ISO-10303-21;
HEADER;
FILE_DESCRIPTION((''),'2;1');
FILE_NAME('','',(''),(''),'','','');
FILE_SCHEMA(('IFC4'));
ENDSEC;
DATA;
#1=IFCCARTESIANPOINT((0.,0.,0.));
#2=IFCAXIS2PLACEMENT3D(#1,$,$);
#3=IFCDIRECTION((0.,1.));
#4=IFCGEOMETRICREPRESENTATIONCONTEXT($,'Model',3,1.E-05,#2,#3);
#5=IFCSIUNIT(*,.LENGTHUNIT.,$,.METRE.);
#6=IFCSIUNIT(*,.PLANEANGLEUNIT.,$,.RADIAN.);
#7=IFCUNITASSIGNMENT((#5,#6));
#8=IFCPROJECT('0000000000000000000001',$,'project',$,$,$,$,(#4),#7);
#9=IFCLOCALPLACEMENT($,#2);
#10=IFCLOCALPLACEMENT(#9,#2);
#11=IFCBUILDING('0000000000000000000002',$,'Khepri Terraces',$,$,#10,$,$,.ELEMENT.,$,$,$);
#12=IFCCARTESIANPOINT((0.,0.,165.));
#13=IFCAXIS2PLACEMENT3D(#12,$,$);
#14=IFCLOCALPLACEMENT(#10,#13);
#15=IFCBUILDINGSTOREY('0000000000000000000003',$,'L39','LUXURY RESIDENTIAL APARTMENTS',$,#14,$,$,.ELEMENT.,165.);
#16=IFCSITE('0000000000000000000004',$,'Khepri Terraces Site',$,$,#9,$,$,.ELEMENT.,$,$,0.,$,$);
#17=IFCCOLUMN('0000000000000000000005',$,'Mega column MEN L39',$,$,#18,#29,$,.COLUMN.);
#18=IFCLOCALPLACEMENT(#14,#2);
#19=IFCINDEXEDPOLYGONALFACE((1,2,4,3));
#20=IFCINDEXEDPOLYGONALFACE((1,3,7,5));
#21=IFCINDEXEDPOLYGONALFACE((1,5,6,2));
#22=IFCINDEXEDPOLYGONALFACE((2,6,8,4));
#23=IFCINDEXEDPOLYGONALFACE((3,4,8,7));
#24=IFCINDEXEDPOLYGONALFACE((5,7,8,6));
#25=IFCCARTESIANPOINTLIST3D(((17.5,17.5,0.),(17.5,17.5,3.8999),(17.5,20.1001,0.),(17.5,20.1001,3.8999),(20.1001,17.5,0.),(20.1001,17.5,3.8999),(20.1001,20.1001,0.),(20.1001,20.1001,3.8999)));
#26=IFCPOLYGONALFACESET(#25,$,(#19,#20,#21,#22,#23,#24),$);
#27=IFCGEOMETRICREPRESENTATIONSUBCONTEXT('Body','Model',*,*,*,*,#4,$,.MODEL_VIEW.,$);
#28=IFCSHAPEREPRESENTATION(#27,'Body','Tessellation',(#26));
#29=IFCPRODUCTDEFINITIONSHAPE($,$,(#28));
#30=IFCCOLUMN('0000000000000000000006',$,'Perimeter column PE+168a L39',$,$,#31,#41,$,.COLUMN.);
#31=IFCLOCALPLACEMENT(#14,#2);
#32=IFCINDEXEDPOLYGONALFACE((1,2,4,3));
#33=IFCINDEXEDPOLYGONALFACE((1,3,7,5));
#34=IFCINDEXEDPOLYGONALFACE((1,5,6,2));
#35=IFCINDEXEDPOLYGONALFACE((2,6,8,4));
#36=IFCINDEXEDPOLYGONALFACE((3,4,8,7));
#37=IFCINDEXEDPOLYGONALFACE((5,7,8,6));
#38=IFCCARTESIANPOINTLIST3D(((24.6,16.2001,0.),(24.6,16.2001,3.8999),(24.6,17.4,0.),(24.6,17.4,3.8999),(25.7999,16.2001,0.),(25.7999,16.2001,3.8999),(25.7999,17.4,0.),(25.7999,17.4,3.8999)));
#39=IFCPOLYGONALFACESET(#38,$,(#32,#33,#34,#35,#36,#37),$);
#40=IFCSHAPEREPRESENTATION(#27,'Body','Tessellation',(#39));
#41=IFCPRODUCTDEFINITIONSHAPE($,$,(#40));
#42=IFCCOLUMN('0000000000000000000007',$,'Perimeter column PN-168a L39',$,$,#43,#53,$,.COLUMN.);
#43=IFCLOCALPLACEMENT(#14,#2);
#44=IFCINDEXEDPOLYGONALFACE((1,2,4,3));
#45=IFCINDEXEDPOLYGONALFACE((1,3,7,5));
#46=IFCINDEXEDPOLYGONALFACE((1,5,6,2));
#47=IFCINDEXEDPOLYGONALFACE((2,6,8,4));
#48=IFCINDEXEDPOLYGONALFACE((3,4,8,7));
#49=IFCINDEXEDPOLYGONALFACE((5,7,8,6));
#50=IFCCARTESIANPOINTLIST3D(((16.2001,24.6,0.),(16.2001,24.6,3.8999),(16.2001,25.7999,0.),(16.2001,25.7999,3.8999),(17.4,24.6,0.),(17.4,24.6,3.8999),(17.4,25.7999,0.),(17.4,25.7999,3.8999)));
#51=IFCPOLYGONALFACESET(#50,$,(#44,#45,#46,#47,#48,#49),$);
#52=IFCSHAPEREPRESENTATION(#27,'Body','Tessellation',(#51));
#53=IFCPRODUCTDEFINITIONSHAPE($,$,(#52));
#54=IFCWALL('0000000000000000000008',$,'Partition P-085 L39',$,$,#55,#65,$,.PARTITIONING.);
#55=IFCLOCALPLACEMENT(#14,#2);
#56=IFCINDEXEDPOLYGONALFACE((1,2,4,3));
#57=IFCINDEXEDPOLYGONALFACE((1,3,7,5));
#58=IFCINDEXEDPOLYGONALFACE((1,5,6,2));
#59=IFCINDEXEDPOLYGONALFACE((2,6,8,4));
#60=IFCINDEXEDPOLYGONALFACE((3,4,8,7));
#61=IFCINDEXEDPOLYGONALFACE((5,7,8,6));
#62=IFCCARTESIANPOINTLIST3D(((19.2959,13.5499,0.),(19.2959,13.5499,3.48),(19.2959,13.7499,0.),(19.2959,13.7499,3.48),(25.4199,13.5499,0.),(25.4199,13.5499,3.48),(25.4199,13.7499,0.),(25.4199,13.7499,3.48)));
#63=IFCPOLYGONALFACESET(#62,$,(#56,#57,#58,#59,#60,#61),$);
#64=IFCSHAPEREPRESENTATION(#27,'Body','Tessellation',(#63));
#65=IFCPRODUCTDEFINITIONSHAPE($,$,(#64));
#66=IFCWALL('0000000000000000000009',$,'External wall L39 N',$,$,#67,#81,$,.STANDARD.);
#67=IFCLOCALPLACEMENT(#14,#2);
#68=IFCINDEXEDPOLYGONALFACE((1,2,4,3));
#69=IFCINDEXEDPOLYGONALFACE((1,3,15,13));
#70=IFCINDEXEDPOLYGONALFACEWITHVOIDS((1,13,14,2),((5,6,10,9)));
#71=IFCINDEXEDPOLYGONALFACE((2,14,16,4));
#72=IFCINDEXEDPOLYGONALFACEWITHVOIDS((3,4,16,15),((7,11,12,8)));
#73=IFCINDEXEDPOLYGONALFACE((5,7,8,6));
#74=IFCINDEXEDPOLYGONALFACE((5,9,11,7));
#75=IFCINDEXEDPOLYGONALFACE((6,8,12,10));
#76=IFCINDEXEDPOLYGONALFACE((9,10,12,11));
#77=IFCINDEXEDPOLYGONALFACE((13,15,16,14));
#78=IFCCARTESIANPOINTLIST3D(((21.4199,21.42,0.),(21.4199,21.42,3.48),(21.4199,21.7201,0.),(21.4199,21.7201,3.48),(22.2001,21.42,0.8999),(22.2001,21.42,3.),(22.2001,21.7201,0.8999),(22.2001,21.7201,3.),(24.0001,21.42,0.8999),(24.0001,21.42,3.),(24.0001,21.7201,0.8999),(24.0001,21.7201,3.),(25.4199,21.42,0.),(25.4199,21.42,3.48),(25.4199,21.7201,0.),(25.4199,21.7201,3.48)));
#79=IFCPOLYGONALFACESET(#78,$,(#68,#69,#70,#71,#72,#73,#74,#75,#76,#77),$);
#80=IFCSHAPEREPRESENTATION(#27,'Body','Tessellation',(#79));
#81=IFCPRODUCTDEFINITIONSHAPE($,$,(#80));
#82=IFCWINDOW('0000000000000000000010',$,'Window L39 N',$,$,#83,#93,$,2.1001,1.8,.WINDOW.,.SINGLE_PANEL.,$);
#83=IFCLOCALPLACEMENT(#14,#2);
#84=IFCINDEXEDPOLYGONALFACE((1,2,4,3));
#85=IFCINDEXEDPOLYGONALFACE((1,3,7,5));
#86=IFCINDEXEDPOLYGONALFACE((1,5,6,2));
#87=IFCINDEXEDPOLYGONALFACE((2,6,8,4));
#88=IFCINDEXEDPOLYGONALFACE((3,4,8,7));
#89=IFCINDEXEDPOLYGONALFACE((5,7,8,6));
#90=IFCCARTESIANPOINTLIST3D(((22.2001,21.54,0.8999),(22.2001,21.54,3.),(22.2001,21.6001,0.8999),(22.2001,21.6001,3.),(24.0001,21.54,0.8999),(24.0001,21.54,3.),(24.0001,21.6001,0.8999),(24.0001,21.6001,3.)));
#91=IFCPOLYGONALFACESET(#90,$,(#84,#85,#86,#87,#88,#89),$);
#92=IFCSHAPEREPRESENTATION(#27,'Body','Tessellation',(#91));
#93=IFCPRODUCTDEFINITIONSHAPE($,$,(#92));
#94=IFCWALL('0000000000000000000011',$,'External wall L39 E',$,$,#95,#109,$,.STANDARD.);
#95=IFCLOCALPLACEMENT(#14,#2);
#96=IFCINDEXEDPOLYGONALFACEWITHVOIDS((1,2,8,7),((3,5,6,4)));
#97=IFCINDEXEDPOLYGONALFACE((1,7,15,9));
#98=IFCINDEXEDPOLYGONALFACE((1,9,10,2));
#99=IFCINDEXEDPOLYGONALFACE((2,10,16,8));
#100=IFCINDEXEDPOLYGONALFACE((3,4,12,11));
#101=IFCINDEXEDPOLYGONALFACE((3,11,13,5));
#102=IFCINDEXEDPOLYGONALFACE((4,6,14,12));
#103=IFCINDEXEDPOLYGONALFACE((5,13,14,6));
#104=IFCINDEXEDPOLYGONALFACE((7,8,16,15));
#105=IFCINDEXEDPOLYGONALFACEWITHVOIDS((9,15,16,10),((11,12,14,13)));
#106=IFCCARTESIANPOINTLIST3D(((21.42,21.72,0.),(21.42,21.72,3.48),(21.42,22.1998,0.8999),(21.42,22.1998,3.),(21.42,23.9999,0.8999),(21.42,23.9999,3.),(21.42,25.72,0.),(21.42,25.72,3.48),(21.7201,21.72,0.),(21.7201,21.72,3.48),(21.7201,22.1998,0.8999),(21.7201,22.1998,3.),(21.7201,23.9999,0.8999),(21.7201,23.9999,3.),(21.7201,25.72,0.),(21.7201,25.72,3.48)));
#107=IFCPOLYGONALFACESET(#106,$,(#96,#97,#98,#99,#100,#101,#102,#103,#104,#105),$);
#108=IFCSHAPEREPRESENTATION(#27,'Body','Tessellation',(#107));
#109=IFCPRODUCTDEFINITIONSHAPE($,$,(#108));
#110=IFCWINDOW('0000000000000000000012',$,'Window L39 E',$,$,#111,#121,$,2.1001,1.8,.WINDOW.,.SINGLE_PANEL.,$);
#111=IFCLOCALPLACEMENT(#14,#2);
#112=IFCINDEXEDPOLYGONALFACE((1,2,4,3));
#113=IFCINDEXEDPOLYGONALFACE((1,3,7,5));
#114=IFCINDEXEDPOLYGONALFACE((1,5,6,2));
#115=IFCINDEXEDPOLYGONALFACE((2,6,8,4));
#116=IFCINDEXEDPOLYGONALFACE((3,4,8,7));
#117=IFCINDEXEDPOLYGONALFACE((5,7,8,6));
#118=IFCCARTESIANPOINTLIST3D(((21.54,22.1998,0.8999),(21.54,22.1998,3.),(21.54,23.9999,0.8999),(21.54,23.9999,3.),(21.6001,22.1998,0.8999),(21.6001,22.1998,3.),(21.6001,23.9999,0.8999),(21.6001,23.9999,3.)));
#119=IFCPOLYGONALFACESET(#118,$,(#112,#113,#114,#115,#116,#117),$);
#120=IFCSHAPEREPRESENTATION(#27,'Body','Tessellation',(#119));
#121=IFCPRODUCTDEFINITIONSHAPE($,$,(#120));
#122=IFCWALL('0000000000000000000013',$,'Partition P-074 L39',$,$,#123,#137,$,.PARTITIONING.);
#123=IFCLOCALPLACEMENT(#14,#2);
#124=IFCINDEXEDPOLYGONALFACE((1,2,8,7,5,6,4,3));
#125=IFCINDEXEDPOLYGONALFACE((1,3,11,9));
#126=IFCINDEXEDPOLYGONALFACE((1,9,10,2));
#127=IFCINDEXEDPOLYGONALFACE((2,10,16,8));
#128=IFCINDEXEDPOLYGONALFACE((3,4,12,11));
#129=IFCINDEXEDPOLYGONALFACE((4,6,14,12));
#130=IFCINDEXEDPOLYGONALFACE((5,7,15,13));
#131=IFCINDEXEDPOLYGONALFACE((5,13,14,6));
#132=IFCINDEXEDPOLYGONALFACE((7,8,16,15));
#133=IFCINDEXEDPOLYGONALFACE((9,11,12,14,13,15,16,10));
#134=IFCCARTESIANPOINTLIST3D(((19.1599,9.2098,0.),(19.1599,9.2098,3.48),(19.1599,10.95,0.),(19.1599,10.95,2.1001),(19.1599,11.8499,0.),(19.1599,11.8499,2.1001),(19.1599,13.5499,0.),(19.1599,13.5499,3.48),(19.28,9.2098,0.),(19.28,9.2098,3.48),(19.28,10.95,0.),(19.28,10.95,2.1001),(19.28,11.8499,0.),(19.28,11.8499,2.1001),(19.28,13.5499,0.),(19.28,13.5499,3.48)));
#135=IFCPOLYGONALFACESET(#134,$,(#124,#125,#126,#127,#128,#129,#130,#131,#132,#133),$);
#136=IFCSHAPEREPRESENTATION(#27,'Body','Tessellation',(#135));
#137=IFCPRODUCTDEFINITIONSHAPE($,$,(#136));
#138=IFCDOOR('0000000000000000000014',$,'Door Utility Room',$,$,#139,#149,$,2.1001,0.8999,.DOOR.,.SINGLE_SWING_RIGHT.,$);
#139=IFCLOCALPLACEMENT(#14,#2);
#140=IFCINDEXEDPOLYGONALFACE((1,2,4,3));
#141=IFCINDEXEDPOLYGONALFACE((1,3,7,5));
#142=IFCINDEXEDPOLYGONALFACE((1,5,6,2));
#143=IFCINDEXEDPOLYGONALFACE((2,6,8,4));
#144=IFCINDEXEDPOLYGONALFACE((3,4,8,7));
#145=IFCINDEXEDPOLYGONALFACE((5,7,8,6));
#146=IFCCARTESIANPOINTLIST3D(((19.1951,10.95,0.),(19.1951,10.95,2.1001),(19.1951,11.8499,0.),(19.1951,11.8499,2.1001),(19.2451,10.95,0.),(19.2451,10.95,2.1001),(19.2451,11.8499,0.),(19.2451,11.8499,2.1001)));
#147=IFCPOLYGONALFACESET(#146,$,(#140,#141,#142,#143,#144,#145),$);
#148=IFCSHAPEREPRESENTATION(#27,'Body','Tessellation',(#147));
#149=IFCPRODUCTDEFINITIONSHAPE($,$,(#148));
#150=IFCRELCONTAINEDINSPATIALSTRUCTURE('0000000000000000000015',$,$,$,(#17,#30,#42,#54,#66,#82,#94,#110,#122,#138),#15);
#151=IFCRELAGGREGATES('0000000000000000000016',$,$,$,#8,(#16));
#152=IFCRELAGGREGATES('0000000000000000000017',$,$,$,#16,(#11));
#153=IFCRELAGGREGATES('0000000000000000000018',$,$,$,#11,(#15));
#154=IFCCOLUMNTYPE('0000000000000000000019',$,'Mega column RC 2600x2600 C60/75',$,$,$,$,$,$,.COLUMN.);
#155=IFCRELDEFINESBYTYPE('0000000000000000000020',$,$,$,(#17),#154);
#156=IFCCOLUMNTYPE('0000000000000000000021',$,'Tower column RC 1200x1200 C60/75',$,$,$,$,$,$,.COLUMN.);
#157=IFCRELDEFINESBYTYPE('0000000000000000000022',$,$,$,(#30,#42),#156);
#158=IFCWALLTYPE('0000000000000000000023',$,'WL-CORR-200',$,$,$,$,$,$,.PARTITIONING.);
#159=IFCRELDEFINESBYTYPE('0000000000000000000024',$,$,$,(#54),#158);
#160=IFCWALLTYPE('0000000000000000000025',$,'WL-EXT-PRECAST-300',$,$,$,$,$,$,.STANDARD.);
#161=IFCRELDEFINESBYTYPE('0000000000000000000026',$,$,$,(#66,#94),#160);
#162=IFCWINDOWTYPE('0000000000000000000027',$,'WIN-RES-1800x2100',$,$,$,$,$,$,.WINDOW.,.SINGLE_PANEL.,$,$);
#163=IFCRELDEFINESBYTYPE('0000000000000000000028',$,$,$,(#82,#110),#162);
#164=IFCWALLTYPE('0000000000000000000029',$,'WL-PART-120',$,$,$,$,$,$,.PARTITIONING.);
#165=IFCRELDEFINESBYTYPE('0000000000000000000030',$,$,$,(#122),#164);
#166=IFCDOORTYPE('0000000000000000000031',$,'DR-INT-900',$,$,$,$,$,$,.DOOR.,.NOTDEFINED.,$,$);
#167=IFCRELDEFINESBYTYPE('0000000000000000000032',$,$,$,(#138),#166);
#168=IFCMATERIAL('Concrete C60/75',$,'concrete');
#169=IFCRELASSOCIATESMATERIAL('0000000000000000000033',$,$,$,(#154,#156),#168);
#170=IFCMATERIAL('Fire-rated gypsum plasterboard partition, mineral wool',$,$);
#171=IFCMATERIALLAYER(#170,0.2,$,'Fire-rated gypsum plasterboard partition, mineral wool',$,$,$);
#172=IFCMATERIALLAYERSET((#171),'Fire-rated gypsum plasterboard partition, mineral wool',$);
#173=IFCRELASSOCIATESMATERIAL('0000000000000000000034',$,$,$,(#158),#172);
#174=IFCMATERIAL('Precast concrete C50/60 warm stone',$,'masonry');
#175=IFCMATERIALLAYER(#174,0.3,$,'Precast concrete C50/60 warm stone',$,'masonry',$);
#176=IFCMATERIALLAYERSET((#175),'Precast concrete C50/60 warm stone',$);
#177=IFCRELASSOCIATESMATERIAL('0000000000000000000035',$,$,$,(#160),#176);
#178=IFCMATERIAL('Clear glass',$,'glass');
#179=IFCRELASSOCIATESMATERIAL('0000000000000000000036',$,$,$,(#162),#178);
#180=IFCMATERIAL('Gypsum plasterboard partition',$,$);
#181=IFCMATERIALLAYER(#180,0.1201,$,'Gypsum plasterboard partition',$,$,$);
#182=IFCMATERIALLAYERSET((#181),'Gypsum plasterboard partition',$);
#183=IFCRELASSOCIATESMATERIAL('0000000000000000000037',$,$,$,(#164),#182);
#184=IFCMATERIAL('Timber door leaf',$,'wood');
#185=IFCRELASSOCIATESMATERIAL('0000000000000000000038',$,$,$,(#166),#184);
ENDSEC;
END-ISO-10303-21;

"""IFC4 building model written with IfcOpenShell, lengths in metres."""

from ifc_helpers import new_model, si_unit, direction, frame, frame_2d, origin, origin_2d, place, context, subcontext, project, spatial, rectangle, extrude, material, layer, layer_set, material_profile, profile_set, type_object, element, fill, save


model = new_model("IFC4")

# Units and contexts
model_context = context("Model", 3, precision=1e-05, world=origin(), true_north=direction((0.0, 1.0)))
body_context = subcontext(model_context, "Body", "Model", "MODEL_VIEW")
ifc_project = project(units=[si_unit("LENGTHUNIT", "METRE"), si_unit("PLANEANGLEUNIT", "RADIAN")], contexts=[model_context])

# Site, building, storey
site_placement = place(None, origin())
site = spatial("IfcSite", under=ifc_project, at=site_placement, Name="Khepri Terraces Site", CompositionType="ELEMENT", RefElevation=0.0)
building_placement = place(site_placement, origin())
building = spatial("IfcBuilding", under=site, at=building_placement, Name="Khepri Terraces", CompositionType="ELEMENT")
storey_placement = place(building_placement, frame((0.0, 0.0, 165.0)))
storey = spatial("IfcBuildingStorey", under=building, at=storey_placement, Name="L39", Description="LUXURY RESIDENTIAL APARTMENTS", CompositionType="ELEMENT", Elevation=165.0)

# Columns
ifc_material_1 = material(Name="Concrete C60/75", Category="concrete")
ifc_material_profile_1 = material_profile(ifc_material_1, rectangle(XDim=2.6001, YDim=2.6001, at=origin_2d()), Name="Concrete C60/75", Category="concrete")
ifc_profile_set_1 = profile_set([ifc_material_profile_1], Name="Concrete C60/75")
column_type_1 = type_object("IfcColumnType", Name="Mega column RC 2600x2600 C60/75", PredefinedType="COLUMN", material=ifc_profile_set_1)
column_placement = place(storey_placement, frame((18.8, 18.8, 0.0), z_axis=(0.0, 0.0, 1.0), x_axis=(1.0, 0.0, 0.0)))
element("IfcColumn", 1, at=column_placement, inside=storey, type_object=column_type_1, Name="Mega column MEN L39", PredefinedType="COLUMN", context=body_context, shape_type="SweptSolid", body=[
    extrude(rectangle(XDim=2.6001, YDim=2.6001, at=origin_2d()), origin(), (0.0, 0.0, 1.0), 3.8999),
])
ifc_material_profile_2 = material_profile(ifc_material_1, rectangle(XDim=1.2, YDim=1.2, at=origin_2d()), Name="Concrete C60/75", Category="concrete")
ifc_profile_set_2 = profile_set([ifc_material_profile_2], Name="Concrete C60/75")
column_type_2 = type_object("IfcColumnType", Name="Tower column RC 1200x1200 C60/75", PredefinedType="COLUMN", material=ifc_profile_set_2)
for number, where, z_axis, x_axis, name in (
    (2, (25.2, 16.8, 0.0), (0.0, 0.0, 1.0), (1.0, 0.0, 0.0), "Perimeter column PE+168a L39"),
    (3, (16.8, 25.2, 0.0), (0.0, 0.0, 1.0), (1.0, 0.0, 0.0), "Perimeter column PN-168a L39"),
):
    element("IfcColumn", number, at=place(storey_placement, frame(where, z_axis=z_axis, x_axis=x_axis)), inside=storey, type_object=column_type_2, Name=name, PredefinedType="COLUMN", context=body_context, shape_type="SweptSolid", body=[
        extrude(rectangle(XDim=1.2, YDim=1.2, at=origin_2d()), origin(), (0.0, 0.0, 1.0), 3.8999),
    ])

# Wall
ifc_material_2 = material(Name="Fire-rated gypsum plasterboard partition, mineral wool")
ifc_layer_1 = layer(ifc_material_2, 0.2, Name="Fire-rated gypsum plasterboard partition, mineral wool")
ifc_layer_set_1 = layer_set([ifc_layer_1], Name="Fire-rated gypsum plasterboard partition, mineral wool")
wall_type_1 = type_object("IfcWallType", Name="WL-CORR-200", PredefinedType="PARTITIONING", material=ifc_layer_set_1)
wall_1_placement = place(storey_placement, frame((19.2959, 13.6499, 0.0), z_axis=(0.0, 0.0, 1.0), x_axis=(1.0, 0.0, 0.0)))
element("IfcWall", 4, at=wall_1_placement, inside=storey, type_object=wall_type_1, Name="Partition P-085 L39", PredefinedType="PARTITIONING", context=body_context, shape_type="SweptSolid", body=[
    extrude(rectangle(XDim=6.124, YDim=0.2, at=frame_2d((3.062, 0.0))), origin(), (0.0, 0.0, 1.0), 3.48),
])

# Shared definitions
ifc_material_3 = material(Name="Precast concrete C50/60 warm stone", Category="masonry")
ifc_layer_2 = layer(ifc_material_3, 0.3, Name="Precast concrete C50/60 warm stone", Category="masonry")
ifc_layer_set_2 = layer_set([ifc_layer_2], Name="Precast concrete C50/60 warm stone")
wall_type_2 = type_object("IfcWallType", Name="WL-EXT-PRECAST-300", PredefinedType="STANDARD", material=ifc_layer_set_2)
ifc_material_4 = material(Name="Clear glass", Category="glass")
window_type = type_object("IfcWindowType", Name="WIN-RES-1800x2100", PartitioningType="SINGLE_PANEL", PredefinedType="WINDOW", material=ifc_material_4)

# Walls, openings, windows
wall_2_placement = place(storey_placement, frame((25.4199, 21.5701, 0.0), z_axis=(0.0, 0.0, 1.0), x_axis=(-1.0, 0.0, 0.0)))
wall_2 = element("IfcWall", 5, at=wall_2_placement, inside=storey, type_object=wall_type_2, Name="External wall L39 N", PredefinedType="STANDARD", context=body_context, shape_type="SweptSolid", body=[
    extrude(rectangle(XDim=4.0, YDim=0.3, at=frame_2d((2.0, 0.0))), origin(), (0.0, 0.0, 1.0), 3.48),
])
opening_1_placement = place(wall_2_placement, frame((1.4199, 0.0, 0.8999)))
opening_1 = element("IfcOpeningElement", 6, at=opening_1_placement, cuts=wall_2, PredefinedType="OPENING", context=body_context, shape_type="SweptSolid", body=[
    extrude(rectangle(XDim=1.8, YDim=2.1001, at=frame_2d((0.8999, 1.05))), frame((0.0, 0.1602, 0.0), z_axis=(0.0, -1.0, 0.0), x_axis=(1.0, 0.0, 0.0)), (0.0, 0.0, 1.0), 0.3201),
])
window_1_placement = place(opening_1_placement, origin())
window_1 = element("IfcWindow", 7, at=window_1_placement, inside=storey, type_object=window_type, Name="Window L39 N", OverallHeight=2.1001, OverallWidth=1.8, PartitioningType="SINGLE_PANEL", PredefinedType="WINDOW", context=body_context, shape_type="SweptSolid", body=[
    extrude(rectangle(XDim=1.8, YDim=2.1001, at=frame_2d((0.8999, 1.05))), frame((0.0, 0.03, 0.0), z_axis=(0.0, -1.0, 0.0), x_axis=(1.0, 0.0, 0.0)), (0.0, 0.0, 1.0), 0.0601),
])
fill(opening_1, window_1)
wall_3_placement = place(storey_placement, frame((21.5701, 21.72, 0.0), z_axis=(0.0, 0.0, 1.0), x_axis=(0.0, 1.0, 0.0)))
wall_3 = element("IfcWall", 8, at=wall_3_placement, inside=storey, type_object=wall_type_2, Name="External wall L39 E", PredefinedType="STANDARD", context=body_context, shape_type="SweptSolid", body=[
    extrude(rectangle(XDim=4.0, YDim=0.3, at=frame_2d((2.0, 0.0))), origin(), (0.0, 0.0, 1.0), 3.48),
])
opening_2_placement = place(wall_3_placement, frame((0.48, 0.0, 0.8999)))
opening_2 = element("IfcOpeningElement", 9, at=opening_2_placement, cuts=wall_3, PredefinedType="OPENING", context=body_context, shape_type="SweptSolid", body=[
    extrude(rectangle(XDim=1.8, YDim=2.1001, at=frame_2d((0.8999, 1.05))), frame((0.0, 0.1602, 0.0), z_axis=(0.0, -1.0, 0.0), x_axis=(1.0, 0.0, 0.0)), (0.0, 0.0, 1.0), 0.3201),
])
window_2_placement = place(opening_2_placement, origin())
window_2 = element("IfcWindow", 10, at=window_2_placement, inside=storey, type_object=window_type, Name="Window L39 E", OverallHeight=2.1001, OverallWidth=1.8, PartitioningType="SINGLE_PANEL", PredefinedType="WINDOW", context=body_context, shape_type="SweptSolid", body=[
    extrude(rectangle(XDim=1.8, YDim=2.1001, at=frame_2d((0.8999, 1.05))), frame((0.0, 0.03, 0.0), z_axis=(0.0, -1.0, 0.0), x_axis=(1.0, 0.0, 0.0)), (0.0, 0.0, 1.0), 0.0601),
])
fill(opening_2, window_2)

# Wall, opening, door
ifc_material_5 = material(Name="Gypsum plasterboard partition")
ifc_layer_3 = layer(ifc_material_5, 0.1201, Name="Gypsum plasterboard partition")
ifc_layer_set_3 = layer_set([ifc_layer_3], Name="Gypsum plasterboard partition")
wall_type_3 = type_object("IfcWallType", Name="WL-PART-120", PredefinedType="PARTITIONING", material=ifc_layer_set_3)
wall_4_placement = place(storey_placement, frame((19.22, 9.21, 0.0), z_axis=(0.0, 0.0, 1.0), x_axis=(0.0, 1.0, 0.0)))
wall_4 = element("IfcWall", 11, at=wall_4_placement, inside=storey, type_object=wall_type_3, Name="Partition P-074 L39", PredefinedType="PARTITIONING", context=body_context, shape_type="SweptSolid", body=[
    extrude(rectangle(XDim=4.3401, YDim=0.1201, at=frame_2d((2.1699, 0.0))), origin(), (0.0, 0.0, 1.0), 3.48),
])
opening_3_placement = place(wall_4_placement, frame((1.74, 0.0, 0.0)))
opening_3 = element("IfcOpeningElement", 12, at=opening_3_placement, cuts=wall_4, PredefinedType="OPENING", context=body_context, shape_type="SweptSolid", body=[
    extrude(rectangle(XDim=0.8999, YDim=2.1001, at=frame_2d((0.45, 1.05))), frame((0.0, 0.0701, 0.0), z_axis=(0.0, -1.0, 0.0), x_axis=(1.0, 0.0, 0.0)), (0.0, 0.0, 1.0), 0.1401),
])
ifc_material_6 = material(Name="Timber door leaf", Category="wood")
door_type_1 = type_object("IfcDoorType", Name="DR-INT-900", OperationType="NOTDEFINED", PredefinedType="DOOR", material=ifc_material_6)
door_1_placement = place(opening_3_placement, origin())
door_1 = element("IfcDoor", 13, at=door_1_placement, inside=storey, type_object=door_type_1, Name="Door Utility Room", OperationType="SINGLE_SWING_RIGHT", OverallHeight=2.1001, OverallWidth=0.8999, PredefinedType="DOOR", context=body_context, shape_type="SweptSolid", body=[
    extrude(rectangle(XDim=0.8999, YDim=2.1001, at=frame_2d((0.45, 1.05))), frame((0.0, 0.0249, 0.0), z_axis=(0.0, -1.0, 0.0), x_axis=(1.0, 0.0, 0.0)), (0.0, 0.0, 1.0), 0.05),
])
fill(opening_3, door_1)

save(model, "model.ifc")
